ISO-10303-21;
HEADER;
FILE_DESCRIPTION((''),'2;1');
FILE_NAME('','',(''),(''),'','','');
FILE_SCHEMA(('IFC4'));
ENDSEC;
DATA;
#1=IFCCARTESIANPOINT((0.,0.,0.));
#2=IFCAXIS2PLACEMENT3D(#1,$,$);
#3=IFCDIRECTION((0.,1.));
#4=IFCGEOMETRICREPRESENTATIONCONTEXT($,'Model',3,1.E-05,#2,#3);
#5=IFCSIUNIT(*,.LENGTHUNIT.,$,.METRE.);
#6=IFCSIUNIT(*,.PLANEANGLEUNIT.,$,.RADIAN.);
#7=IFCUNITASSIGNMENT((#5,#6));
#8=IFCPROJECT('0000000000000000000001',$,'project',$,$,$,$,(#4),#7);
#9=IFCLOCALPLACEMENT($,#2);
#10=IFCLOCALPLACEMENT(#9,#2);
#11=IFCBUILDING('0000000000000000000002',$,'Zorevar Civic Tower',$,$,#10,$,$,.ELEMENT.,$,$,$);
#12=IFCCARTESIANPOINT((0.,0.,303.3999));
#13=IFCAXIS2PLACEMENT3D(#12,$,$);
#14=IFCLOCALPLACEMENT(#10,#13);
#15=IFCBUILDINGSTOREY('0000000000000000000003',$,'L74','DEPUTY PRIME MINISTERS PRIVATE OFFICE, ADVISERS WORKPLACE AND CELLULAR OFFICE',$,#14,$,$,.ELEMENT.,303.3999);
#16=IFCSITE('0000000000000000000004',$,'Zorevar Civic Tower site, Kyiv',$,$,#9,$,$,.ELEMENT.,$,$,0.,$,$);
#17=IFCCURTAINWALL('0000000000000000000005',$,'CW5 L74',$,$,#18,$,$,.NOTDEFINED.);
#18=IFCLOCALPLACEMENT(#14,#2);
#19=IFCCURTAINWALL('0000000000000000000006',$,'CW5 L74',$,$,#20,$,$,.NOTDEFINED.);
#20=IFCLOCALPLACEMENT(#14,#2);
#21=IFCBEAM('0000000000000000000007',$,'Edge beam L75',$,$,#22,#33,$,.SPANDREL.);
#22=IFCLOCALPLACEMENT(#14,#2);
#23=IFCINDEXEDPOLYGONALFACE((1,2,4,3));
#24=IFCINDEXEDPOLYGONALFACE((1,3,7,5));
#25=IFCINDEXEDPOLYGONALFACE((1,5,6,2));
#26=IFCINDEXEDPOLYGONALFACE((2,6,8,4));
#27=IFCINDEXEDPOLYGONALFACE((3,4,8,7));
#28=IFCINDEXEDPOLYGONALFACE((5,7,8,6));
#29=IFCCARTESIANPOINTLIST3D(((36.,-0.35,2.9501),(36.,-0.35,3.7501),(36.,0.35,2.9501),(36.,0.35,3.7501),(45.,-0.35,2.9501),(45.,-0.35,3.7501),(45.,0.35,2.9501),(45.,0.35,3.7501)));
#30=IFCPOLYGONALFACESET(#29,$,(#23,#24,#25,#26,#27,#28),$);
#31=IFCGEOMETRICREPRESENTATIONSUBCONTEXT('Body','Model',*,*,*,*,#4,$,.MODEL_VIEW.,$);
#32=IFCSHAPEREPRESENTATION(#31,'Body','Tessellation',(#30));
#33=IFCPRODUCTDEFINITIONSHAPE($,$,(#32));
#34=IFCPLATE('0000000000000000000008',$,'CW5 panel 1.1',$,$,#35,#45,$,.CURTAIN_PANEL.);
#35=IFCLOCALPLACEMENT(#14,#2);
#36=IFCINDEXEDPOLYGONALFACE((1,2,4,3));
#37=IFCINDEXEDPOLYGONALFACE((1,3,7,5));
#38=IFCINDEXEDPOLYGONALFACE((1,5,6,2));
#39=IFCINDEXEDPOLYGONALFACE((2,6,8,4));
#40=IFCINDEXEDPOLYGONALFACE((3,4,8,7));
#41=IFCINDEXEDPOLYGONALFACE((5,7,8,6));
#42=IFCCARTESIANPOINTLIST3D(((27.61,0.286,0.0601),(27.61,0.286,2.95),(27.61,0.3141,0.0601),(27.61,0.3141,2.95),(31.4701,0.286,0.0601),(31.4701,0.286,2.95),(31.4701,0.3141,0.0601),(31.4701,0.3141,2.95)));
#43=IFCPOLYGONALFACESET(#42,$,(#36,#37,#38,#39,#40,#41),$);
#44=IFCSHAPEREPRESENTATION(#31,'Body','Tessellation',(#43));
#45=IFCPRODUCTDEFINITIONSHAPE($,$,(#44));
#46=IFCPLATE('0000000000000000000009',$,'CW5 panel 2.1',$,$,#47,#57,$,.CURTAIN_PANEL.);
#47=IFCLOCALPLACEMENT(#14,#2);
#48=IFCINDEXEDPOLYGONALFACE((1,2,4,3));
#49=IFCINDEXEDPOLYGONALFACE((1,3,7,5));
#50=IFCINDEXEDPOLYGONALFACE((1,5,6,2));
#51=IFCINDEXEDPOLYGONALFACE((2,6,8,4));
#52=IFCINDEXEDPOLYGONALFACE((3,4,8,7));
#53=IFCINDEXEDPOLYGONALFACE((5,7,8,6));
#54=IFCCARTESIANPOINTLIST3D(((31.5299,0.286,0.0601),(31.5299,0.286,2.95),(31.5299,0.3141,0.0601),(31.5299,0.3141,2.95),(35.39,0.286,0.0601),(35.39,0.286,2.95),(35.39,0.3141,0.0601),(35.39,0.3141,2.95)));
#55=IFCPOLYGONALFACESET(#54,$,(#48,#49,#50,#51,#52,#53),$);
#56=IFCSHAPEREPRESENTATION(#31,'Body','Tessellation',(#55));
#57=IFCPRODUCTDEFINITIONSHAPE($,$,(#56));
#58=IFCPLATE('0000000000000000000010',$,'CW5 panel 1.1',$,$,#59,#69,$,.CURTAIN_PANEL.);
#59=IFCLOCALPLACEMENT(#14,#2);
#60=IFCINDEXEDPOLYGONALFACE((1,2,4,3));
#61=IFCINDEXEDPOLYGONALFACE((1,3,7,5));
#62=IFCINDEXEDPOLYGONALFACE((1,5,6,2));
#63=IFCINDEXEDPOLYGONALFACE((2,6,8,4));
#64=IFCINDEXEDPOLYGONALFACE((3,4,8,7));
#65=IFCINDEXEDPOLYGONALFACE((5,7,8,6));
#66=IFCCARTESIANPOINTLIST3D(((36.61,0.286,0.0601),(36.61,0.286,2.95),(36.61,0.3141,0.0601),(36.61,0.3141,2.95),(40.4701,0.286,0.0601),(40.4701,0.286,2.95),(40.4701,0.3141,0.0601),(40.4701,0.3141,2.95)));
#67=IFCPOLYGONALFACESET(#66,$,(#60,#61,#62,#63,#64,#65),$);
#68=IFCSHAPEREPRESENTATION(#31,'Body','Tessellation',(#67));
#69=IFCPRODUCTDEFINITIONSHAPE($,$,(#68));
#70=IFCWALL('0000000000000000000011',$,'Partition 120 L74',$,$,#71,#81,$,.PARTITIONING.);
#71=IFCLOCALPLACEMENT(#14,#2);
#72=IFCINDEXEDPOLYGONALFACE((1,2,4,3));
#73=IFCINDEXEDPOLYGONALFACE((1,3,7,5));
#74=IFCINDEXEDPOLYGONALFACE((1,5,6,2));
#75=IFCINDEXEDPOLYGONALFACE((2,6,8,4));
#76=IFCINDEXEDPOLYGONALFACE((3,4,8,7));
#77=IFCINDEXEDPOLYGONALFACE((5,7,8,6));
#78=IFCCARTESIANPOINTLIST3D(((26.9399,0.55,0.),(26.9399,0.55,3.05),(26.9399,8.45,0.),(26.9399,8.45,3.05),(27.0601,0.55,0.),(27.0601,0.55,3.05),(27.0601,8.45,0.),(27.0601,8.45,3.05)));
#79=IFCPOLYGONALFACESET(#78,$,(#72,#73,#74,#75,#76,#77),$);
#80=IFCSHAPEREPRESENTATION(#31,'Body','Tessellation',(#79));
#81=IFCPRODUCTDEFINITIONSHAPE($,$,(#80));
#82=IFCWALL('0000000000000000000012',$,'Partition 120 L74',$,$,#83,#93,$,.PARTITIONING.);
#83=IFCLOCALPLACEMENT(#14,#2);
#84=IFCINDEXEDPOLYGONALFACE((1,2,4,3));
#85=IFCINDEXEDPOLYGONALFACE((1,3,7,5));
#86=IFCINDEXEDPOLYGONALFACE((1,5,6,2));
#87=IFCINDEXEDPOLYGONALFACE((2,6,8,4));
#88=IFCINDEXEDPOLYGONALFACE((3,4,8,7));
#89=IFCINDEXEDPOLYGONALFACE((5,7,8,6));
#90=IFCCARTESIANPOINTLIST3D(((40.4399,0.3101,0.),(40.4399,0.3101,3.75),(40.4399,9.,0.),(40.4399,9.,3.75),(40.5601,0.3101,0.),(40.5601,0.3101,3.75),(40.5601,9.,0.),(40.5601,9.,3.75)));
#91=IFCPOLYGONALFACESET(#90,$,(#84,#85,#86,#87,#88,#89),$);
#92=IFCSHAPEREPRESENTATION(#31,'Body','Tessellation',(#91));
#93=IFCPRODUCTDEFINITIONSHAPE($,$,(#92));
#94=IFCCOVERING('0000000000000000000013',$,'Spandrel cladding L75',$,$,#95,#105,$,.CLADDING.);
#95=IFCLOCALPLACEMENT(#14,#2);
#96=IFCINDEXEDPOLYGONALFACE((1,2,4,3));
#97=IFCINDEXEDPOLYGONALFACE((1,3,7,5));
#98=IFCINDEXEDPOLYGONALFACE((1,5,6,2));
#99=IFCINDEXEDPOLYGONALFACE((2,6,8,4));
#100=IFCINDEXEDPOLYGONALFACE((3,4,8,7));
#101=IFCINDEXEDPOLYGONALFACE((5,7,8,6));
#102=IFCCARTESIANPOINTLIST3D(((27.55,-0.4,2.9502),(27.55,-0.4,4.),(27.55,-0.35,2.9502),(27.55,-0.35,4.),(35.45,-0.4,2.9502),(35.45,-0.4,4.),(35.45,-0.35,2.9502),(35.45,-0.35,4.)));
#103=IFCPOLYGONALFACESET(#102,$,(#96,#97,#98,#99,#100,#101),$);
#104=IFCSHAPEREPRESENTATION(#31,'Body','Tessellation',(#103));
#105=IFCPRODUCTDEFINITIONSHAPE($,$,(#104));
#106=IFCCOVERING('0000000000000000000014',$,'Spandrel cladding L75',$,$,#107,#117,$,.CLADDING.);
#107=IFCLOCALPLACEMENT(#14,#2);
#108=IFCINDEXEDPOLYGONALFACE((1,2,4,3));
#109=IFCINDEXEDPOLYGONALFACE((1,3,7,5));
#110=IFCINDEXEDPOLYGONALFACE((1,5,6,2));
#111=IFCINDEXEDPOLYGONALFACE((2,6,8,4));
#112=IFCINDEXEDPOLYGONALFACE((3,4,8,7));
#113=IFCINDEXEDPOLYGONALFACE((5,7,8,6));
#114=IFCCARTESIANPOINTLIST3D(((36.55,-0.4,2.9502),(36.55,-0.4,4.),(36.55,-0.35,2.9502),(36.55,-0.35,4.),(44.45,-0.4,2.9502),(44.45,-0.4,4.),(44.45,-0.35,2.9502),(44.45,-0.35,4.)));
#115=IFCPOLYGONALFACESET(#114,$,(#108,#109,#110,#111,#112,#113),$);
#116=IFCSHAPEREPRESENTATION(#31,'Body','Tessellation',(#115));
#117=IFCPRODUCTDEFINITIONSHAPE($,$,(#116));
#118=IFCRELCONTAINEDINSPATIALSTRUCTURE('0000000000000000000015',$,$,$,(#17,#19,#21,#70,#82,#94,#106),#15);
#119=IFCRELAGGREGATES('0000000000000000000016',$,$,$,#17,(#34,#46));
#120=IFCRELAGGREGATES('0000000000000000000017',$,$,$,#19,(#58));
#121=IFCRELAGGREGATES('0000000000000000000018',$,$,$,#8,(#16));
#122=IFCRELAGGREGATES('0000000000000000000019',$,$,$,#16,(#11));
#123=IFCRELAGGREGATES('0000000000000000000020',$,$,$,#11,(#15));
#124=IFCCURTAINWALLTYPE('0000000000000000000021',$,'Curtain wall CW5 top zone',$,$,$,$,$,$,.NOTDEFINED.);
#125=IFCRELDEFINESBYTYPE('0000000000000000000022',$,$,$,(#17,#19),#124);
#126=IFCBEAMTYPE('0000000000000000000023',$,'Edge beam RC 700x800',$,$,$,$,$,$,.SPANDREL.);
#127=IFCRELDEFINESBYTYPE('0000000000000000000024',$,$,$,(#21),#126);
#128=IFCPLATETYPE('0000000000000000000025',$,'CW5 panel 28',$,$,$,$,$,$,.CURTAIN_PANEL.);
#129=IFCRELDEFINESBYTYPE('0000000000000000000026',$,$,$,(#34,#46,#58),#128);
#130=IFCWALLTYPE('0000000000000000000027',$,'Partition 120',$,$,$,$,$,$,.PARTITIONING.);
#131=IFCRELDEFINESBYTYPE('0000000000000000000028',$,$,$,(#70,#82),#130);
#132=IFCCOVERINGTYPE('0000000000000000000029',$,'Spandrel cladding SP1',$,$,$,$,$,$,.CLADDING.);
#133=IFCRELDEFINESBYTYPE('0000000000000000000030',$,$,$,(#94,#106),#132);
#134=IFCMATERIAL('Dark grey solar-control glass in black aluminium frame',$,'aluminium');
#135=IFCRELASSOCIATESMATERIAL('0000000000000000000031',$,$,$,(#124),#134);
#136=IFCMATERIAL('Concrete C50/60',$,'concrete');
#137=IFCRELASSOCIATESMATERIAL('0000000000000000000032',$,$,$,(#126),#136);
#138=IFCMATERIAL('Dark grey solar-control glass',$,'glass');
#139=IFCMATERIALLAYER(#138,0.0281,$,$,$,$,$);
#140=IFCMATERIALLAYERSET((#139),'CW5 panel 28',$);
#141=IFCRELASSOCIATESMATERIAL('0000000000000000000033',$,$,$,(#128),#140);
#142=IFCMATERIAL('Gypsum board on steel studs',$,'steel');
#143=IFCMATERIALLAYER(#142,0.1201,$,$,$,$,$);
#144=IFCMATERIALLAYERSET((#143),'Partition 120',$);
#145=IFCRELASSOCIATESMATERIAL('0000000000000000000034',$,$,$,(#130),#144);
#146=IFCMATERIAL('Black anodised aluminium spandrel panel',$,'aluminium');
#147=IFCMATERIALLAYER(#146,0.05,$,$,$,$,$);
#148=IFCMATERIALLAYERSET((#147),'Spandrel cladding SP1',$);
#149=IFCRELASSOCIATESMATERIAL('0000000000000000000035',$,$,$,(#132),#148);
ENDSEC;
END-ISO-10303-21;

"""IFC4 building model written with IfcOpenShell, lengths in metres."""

from ifc_helpers import new_model, si_unit, direction, frame, frame_2d, origin, origin_2d, place, context, subcontext, project, spatial, rectangle, extrude, material, layer, layer_set, material_profile, profile_set, type_object, element, aggregate, save


model = new_model("IFC4")

# Units and contexts
model_context = context("Model", 3, precision=1e-05, world=origin(), true_north=direction((0.0, 1.0)))
body_context = subcontext(model_context, "Body", "Model", "MODEL_VIEW")
ifc_project = project(units=[si_unit("LENGTHUNIT", "METRE"), si_unit("PLANEANGLEUNIT", "RADIAN")], contexts=[model_context])

# Site, building, storey
site_placement = place(None, origin())
site = spatial("IfcSite", under=ifc_project, at=site_placement, Name="Zorevar Civic Tower site, Kyiv", CompositionType="ELEMENT", RefElevation=0.0)
building_placement = place(site_placement, origin())
building = spatial("IfcBuilding", under=site, at=building_placement, Name="Zorevar Civic Tower", CompositionType="ELEMENT")
storey_placement = place(building_placement, frame((0.0, 0.0, 303.3999)))
storey = spatial("IfcBuildingStorey", under=building, at=storey_placement, Name="L74", Description="DEPUTY PRIME MINISTERS PRIVATE OFFICE, ADVISERS WORKPLACE AND CELLULAR OFFICE", CompositionType="ELEMENT", Elevation=303.3999)

# Curtain walls
ifc_material_1 = material(Name="Dark grey solar-control glass in black aluminium frame", Category="aluminium")
curtain_wall_type = type_object("IfcCurtainWallType", Name="Curtain wall CW5 top zone", PredefinedType="NOTDEFINED", material=ifc_material_1)
curtain_wall_1_placement = place(storey_placement, origin())
curtain_wall_1 = element("IfcCurtainWall", 1, at=curtain_wall_1_placement, inside=storey, type_object=curtain_wall_type, Name="CW5 L74", PredefinedType="NOTDEFINED")
curtain_wall_2_placement = place(storey_placement, origin())
curtain_wall_2 = element("IfcCurtainWall", 2, at=curtain_wall_2_placement, inside=storey, type_object=curtain_wall_type, Name="CW5 L74", PredefinedType="NOTDEFINED")

# Beam
ifc_material_2 = material(Name="Concrete C50/60", Category="concrete")
ifc_material_profile_1 = material_profile(ifc_material_2, rectangle(XDim=0.7, YDim=0.8, at=origin_2d()), Name="RC 700x800")
ifc_profile_set_1 = profile_set([ifc_material_profile_1], Name="Concrete C50/60")
beam_type_1 = type_object("IfcBeamType", Name="Edge beam RC 700x800", PredefinedType="SPANDREL", material=ifc_profile_set_1)
for number, where, z_axis, x_axis, name in (
    (3, (36.0, 0.0, 3.3501), (1.0, 0.0, 0.0), (0.0, 1.0, 0.0), "Edge beam L75"),
):
    element("IfcBeam", number, at=place(storey_placement, frame(where, z_axis=z_axis, x_axis=x_axis)), inside=storey, type_object=beam_type_1, Name=name, PredefinedType="SPANDREL", context=body_context, shape_type="SweptSolid", body=[
        extrude(rectangle(XDim=0.7, YDim=0.8, at=origin_2d()), origin(), (0.0, 0.0, 1.0), 9.0),
    ])

# Plates
ifc_material_3 = material(Name="Dark grey solar-control glass", Category="glass")
ifc_layer_1 = layer(ifc_material_3, 0.0281)
ifc_layer_set_1 = layer_set([ifc_layer_1], Name="CW5 panel 28")
plate_type = type_object("IfcPlateType", Name="CW5 panel 28", PredefinedType="CURTAIN_PANEL", material=ifc_layer_set_1)
plate_1_placement = place(storey_placement, frame((29.54, 0.3, 0.0601), z_axis=(0.0, 0.0, 1.0), x_axis=(1.0, 0.0, 0.0)))
plate_1 = element("IfcPlate", 4, at=plate_1_placement, type_object=plate_type, Name="CW5 panel 1.1", PredefinedType="CURTAIN_PANEL", context=body_context, shape_type="SweptSolid", body=[
    extrude(rectangle(XDim=3.8601, YDim=0.0281, at=origin_2d()), origin(), (0.0, 0.0, 1.0), 2.8899),
])
plate_2_placement = place(storey_placement, frame((33.46, 0.3, 0.0601), z_axis=(0.0, 0.0, 1.0), x_axis=(1.0, 0.0, 0.0)))
plate_2 = element("IfcPlate", 5, at=plate_2_placement, type_object=plate_type, Name="CW5 panel 2.1", PredefinedType="CURTAIN_PANEL", context=body_context, shape_type="SweptSolid", body=[
    extrude(rectangle(XDim=3.8601, YDim=0.0281, at=origin_2d()), origin(), (0.0, 0.0, 1.0), 2.8899),
])
aggregate(curtain_wall_1, [plate_1, plate_2])
plate_3_placement = place(storey_placement, frame((38.54, 0.3, 0.0601), z_axis=(0.0, 0.0, 1.0), x_axis=(1.0, 0.0, 0.0)))
plate_3 = element("IfcPlate", 6, at=plate_3_placement, type_object=plate_type, Name="CW5 panel 1.1", PredefinedType="CURTAIN_PANEL", context=body_context, shape_type="SweptSolid", body=[
    extrude(rectangle(XDim=3.8601, YDim=0.0281, at=origin_2d()), origin(), (0.0, 0.0, 1.0), 2.8899),
])
aggregate(curtain_wall_2, [plate_3])

# Walls
ifc_material_4 = material(Name="Gypsum board on steel studs", Category="steel")
ifc_layer_2 = layer(ifc_material_4, 0.1201)
ifc_layer_set_2 = layer_set([ifc_layer_2], Name="Partition 120")
wall_type = type_object("IfcWallType", Name="Partition 120", PredefinedType="PARTITIONING", material=ifc_layer_set_2)
wall_1_placement = place(storey_placement, frame((27.0, 0.55, 0.0), z_axis=(0.0, 0.0, 1.0), x_axis=(0.0, 1.0, 0.0)))
element("IfcWall", 7, at=wall_1_placement, inside=storey, type_object=wall_type, Name="Partition 120 L74", PredefinedType="PARTITIONING", context=body_context, shape_type="SweptSolid", body=[
    extrude(rectangle(XDim=7.8999, YDim=0.1201, at=frame_2d((3.95, 0.0))), origin(), (0.0, 0.0, 1.0), 3.05),
])
wall_2_placement = place(storey_placement, frame((40.5, 0.3101, 0.0), z_axis=(0.0, 0.0, 1.0), x_axis=(0.0, 1.0, 0.0)))
element("IfcWall", 8, at=wall_2_placement, inside=storey, type_object=wall_type, Name="Partition 120 L74", PredefinedType="PARTITIONING", context=body_context, shape_type="SweptSolid", body=[
    extrude(rectangle(XDim=8.6899, YDim=0.1201, at=frame_2d((4.345, 0.0))), origin(), (0.0, 0.0, 1.0), 3.75),
])

# Coverings
ifc_material_5 = material(Name="Black anodised aluminium spandrel panel", Category="aluminium")
ifc_layer_3 = layer(ifc_material_5, 0.05)
ifc_layer_set_3 = layer_set([ifc_layer_3], Name="Spandrel cladding SP1")
covering_type = type_object("IfcCoveringType", Name="Spandrel cladding SP1", PredefinedType="CLADDING", material=ifc_layer_set_3)
for number, where, z_axis, x_axis, name in (
    (9, (27.55, -0.375, 2.9502), (0.0, 0.0, 1.0), (1.0, 0.0, 0.0), "Spandrel cladding L75"),
    (10, (36.55, -0.375, 2.9502), (0.0, 0.0, 1.0), (1.0, 0.0, 0.0), "Spandrel cladding L75"),
):
    element("IfcCovering", number, at=place(storey_placement, frame(where, z_axis=z_axis, x_axis=x_axis)), inside=storey, type_object=covering_type, Name=name, PredefinedType="CLADDING", context=body_context, shape_type="SweptSolid", body=[
        extrude(rectangle(XDim=7.8999, YDim=0.05, at=frame_2d((3.95, 0.0))), origin(), (0.0, 0.0, 1.0), 1.0498),
    ])

save(model, "model.ifc")
